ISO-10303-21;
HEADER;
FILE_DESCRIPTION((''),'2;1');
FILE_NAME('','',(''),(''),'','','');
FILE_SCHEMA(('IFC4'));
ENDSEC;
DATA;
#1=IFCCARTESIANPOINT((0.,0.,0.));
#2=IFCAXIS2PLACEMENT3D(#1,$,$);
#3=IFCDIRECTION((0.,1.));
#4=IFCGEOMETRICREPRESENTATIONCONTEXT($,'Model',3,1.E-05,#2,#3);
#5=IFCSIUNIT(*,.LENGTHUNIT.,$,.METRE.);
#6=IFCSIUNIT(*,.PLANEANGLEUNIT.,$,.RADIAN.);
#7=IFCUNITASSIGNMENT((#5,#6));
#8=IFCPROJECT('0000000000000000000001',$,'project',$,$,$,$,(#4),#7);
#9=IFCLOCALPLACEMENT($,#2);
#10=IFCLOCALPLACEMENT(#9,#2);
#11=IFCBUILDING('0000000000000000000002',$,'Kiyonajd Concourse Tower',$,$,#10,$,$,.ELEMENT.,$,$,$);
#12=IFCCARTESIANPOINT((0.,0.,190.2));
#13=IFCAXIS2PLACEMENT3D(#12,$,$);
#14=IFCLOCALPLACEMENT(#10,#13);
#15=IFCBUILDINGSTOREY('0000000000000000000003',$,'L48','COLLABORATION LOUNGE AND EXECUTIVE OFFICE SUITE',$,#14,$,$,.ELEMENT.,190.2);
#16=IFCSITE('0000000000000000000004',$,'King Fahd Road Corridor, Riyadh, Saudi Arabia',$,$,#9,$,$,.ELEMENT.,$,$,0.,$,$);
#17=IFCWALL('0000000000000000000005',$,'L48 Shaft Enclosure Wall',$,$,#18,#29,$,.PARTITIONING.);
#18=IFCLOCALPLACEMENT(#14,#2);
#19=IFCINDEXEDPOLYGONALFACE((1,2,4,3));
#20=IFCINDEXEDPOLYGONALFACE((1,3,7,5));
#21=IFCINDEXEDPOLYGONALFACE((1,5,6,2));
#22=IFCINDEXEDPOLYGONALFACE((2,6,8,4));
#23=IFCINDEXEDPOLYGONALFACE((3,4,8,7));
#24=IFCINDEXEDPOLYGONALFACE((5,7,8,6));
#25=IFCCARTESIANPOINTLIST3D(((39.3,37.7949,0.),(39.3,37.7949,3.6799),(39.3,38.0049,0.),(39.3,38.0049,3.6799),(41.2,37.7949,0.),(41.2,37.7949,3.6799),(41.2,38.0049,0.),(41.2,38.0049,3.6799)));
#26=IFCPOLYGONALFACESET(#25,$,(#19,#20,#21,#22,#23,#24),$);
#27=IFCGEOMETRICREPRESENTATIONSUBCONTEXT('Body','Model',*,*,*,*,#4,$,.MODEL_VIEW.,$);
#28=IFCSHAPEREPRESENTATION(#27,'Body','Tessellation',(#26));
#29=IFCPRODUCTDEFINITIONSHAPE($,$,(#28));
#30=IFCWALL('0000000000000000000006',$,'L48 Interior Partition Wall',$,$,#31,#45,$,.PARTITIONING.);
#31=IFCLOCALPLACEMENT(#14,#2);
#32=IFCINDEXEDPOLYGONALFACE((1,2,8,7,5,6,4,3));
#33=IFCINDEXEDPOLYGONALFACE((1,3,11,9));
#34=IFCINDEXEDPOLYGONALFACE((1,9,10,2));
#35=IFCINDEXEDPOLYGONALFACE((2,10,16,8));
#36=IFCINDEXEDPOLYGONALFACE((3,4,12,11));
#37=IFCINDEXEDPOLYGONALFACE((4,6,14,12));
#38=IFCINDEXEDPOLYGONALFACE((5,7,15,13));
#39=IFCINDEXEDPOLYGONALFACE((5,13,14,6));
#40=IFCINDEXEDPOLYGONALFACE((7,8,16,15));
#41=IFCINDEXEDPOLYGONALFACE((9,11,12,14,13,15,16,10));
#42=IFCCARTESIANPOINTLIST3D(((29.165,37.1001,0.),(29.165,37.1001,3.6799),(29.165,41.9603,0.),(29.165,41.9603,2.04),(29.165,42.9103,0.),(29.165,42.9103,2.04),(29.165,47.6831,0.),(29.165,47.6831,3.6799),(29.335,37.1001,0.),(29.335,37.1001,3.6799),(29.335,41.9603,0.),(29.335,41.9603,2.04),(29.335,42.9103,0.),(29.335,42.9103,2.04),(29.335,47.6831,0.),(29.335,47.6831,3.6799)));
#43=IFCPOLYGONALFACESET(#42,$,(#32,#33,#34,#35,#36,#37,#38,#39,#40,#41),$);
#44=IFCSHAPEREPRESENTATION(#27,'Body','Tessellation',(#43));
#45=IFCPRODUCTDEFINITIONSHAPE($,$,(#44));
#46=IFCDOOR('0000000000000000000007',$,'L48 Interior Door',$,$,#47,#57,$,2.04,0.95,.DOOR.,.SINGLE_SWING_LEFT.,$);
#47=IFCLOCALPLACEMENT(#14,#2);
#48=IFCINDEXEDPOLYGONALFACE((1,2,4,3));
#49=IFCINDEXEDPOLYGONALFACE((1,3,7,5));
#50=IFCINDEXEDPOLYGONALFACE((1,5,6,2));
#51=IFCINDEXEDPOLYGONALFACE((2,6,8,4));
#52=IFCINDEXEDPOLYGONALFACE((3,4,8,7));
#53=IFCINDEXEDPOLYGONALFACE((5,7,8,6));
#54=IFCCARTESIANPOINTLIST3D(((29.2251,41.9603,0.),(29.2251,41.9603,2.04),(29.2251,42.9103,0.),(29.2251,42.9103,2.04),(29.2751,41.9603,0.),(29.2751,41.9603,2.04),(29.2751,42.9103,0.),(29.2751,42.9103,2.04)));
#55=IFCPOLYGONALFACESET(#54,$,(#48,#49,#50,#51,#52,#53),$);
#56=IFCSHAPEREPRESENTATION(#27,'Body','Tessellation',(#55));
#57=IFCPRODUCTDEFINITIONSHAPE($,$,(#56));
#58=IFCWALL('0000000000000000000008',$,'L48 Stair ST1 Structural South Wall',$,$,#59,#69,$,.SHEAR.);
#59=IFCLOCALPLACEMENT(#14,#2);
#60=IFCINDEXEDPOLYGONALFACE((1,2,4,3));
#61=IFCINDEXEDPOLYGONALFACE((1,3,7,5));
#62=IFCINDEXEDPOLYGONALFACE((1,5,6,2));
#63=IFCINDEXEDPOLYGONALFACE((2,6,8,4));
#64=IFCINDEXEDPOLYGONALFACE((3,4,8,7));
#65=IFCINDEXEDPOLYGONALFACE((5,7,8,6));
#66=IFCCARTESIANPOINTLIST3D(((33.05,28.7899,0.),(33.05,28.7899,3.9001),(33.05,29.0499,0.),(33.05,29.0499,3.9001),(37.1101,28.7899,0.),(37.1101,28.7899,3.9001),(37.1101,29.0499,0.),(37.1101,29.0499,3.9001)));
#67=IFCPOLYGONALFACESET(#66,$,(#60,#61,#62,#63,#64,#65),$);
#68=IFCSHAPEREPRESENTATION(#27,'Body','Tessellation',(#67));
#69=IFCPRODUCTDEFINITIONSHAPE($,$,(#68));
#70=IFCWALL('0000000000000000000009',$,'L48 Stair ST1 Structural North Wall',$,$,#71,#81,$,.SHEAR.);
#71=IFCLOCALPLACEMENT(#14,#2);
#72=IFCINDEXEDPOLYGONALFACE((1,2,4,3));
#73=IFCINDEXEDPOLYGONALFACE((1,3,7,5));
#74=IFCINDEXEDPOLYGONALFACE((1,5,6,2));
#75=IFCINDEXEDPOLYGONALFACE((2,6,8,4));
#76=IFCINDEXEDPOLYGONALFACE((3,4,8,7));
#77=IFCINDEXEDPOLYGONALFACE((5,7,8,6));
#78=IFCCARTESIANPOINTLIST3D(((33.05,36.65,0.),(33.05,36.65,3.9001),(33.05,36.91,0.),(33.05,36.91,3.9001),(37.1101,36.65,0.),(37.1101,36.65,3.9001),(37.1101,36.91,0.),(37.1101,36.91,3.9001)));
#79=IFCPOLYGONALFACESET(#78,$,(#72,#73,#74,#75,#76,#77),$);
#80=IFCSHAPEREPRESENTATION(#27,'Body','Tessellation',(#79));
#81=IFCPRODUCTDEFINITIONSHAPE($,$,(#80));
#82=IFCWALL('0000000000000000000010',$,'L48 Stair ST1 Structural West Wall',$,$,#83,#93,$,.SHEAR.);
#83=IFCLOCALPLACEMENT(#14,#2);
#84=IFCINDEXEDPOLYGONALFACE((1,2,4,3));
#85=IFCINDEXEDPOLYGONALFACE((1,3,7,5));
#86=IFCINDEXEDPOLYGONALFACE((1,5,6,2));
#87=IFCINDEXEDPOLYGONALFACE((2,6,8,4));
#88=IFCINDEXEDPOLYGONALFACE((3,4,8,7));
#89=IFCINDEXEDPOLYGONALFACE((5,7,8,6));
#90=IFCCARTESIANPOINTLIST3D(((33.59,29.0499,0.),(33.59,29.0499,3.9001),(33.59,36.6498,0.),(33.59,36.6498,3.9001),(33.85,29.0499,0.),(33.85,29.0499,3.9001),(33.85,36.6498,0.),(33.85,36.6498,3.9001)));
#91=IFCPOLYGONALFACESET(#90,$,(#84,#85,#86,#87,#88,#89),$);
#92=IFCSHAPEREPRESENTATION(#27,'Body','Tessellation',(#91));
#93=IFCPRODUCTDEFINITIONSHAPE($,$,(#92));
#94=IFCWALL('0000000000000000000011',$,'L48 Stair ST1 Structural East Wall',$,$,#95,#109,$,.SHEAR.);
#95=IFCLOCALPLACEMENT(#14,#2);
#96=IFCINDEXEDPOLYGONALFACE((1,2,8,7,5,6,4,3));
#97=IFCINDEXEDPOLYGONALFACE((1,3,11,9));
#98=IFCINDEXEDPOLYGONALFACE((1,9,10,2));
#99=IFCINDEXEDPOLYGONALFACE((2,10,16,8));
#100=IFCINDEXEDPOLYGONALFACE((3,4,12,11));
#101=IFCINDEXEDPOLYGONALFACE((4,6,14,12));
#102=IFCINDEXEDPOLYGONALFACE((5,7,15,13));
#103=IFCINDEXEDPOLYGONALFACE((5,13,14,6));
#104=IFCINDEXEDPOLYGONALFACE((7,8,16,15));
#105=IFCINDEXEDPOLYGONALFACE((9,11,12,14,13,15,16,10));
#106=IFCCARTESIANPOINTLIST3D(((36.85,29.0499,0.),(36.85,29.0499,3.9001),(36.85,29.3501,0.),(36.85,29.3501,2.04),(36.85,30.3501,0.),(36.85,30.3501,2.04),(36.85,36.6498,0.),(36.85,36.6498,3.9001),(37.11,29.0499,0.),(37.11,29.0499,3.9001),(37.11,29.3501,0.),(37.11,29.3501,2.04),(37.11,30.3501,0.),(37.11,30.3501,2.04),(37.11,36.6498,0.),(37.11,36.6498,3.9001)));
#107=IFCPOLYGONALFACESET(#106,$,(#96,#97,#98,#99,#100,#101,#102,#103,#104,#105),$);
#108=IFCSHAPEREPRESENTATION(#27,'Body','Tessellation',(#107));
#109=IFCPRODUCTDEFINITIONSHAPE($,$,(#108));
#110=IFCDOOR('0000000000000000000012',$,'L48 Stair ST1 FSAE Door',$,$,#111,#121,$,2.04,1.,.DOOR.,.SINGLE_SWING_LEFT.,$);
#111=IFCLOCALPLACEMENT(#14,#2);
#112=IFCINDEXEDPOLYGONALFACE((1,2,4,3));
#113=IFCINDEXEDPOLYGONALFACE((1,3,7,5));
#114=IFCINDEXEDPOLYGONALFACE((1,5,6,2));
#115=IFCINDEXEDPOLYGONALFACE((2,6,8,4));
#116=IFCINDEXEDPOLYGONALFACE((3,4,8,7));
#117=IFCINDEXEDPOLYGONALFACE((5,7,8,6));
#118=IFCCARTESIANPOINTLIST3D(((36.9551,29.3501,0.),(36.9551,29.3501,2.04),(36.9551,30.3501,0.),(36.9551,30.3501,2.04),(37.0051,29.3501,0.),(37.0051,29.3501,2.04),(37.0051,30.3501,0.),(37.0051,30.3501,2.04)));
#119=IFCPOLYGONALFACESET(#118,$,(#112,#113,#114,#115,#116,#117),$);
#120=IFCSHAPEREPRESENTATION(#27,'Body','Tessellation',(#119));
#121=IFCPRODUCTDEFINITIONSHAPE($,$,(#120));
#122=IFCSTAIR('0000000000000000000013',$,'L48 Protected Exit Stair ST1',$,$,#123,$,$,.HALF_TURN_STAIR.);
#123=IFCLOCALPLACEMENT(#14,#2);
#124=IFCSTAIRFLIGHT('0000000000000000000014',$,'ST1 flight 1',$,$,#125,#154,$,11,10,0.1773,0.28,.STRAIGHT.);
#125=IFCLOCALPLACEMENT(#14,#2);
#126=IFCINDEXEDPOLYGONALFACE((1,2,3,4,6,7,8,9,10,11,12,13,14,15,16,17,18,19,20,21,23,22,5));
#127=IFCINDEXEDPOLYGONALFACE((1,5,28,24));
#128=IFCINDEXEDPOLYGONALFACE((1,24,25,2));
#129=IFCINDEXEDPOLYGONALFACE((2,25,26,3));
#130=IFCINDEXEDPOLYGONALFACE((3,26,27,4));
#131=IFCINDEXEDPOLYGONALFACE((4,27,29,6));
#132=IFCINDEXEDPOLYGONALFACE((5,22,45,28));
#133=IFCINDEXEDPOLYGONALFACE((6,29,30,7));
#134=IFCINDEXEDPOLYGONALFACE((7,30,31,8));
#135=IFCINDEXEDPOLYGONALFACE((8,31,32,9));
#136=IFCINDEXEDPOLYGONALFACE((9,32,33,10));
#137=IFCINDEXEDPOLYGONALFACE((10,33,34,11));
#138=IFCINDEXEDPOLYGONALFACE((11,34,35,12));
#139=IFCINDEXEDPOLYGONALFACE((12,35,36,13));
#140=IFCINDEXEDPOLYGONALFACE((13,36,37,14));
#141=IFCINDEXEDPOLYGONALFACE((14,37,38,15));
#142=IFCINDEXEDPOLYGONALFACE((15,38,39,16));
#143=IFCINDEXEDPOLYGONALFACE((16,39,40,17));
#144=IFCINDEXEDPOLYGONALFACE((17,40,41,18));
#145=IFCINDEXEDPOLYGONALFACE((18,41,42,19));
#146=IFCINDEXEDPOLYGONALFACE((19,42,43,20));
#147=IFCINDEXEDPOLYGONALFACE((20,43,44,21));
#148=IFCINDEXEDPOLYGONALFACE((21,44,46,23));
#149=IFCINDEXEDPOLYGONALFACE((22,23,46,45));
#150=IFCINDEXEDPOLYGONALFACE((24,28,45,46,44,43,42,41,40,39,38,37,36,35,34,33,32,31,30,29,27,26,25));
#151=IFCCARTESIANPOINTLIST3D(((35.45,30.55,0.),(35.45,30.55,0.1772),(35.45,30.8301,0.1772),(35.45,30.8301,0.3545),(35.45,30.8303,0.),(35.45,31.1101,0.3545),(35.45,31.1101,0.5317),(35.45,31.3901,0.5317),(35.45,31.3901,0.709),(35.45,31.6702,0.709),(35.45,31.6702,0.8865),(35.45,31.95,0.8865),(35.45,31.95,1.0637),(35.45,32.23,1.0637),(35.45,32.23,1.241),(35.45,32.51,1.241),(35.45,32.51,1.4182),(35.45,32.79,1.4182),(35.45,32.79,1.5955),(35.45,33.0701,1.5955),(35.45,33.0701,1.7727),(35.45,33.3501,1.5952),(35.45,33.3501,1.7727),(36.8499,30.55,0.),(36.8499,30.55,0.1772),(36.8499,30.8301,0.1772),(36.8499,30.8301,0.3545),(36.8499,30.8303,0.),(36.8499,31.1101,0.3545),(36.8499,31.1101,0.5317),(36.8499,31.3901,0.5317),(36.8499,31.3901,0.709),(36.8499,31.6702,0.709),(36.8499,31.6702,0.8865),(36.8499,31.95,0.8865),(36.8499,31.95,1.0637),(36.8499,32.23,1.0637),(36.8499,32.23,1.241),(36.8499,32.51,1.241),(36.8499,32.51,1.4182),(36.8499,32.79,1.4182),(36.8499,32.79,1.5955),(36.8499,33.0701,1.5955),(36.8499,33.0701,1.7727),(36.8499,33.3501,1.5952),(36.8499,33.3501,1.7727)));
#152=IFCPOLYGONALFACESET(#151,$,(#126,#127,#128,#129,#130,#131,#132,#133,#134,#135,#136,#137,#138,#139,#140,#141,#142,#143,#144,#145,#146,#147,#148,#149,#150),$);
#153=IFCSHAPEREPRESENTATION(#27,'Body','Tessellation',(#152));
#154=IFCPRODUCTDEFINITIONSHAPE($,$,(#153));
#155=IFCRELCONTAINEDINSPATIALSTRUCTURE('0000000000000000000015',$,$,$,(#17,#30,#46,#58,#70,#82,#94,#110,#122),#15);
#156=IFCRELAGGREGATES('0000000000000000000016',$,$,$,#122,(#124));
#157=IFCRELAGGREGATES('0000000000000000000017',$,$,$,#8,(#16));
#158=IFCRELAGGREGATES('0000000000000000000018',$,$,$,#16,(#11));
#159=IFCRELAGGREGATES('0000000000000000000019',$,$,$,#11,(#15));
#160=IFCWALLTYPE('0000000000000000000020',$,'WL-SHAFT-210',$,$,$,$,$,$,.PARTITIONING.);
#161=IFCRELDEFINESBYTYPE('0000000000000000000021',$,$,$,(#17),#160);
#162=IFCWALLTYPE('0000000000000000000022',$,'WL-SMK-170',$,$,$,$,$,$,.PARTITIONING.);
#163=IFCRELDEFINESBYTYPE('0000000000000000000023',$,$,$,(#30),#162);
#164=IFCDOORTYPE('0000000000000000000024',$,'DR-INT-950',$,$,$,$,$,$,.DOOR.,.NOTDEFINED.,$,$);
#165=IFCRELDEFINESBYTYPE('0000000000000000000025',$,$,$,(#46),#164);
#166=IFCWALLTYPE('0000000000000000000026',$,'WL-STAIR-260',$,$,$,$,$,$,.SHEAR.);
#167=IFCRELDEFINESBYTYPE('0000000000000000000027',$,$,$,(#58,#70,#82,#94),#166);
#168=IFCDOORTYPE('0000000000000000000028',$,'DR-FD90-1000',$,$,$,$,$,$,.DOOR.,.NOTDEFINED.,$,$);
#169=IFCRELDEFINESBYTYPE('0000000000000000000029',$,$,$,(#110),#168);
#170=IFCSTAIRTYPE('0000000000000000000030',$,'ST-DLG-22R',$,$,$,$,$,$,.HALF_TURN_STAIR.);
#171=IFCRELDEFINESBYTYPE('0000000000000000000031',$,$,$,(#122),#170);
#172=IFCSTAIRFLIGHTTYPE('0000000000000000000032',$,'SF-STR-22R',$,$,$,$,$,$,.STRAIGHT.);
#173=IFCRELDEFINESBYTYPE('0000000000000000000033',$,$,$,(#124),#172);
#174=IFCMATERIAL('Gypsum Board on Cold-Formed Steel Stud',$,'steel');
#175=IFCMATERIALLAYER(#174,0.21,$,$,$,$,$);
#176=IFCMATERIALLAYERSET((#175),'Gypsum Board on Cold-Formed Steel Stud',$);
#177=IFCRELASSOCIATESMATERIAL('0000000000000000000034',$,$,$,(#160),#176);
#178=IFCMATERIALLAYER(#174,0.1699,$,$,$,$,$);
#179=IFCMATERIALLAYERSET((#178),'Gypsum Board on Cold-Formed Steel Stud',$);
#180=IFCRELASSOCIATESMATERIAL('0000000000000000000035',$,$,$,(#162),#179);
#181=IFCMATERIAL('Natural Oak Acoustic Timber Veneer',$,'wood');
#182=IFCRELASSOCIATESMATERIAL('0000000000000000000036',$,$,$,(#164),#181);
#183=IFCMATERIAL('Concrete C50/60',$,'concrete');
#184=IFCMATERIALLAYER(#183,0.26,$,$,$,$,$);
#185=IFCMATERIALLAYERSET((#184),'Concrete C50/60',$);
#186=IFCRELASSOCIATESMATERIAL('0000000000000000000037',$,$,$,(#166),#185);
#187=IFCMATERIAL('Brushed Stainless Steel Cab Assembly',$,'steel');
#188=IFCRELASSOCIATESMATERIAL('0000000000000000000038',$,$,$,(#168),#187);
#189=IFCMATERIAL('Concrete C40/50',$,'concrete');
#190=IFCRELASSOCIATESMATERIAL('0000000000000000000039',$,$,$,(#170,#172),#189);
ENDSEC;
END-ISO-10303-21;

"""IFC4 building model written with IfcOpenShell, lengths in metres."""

from ifc_helpers import new_model, si_unit, direction, frame, frame_2d, origin, place, context, subcontext, project, spatial, polyline, rectangle, outline, extrude, material, layer, layer_set, type_object, element, fill, aggregate, save


model = new_model("IFC4")

# Units and contexts
model_context = context("Model", 3, precision=1e-05, world=origin(), true_north=direction((0.0, 1.0)))
body_context = subcontext(model_context, "Body", "Model", "MODEL_VIEW")
ifc_project = project(units=[si_unit("LENGTHUNIT", "METRE"), si_unit("PLANEANGLEUNIT", "RADIAN")], contexts=[model_context])

# Site, building, storey
site_placement = place(None, origin())
site = spatial("IfcSite", under=ifc_project, at=site_placement, Name="King Fahd Road Corridor, Riyadh, Saudi Arabia", CompositionType="ELEMENT", RefElevation=0.0)
building_placement = place(site_placement, origin())
building = spatial("IfcBuilding", under=site, at=building_placement, Name="Kiyonajd Concourse Tower", CompositionType="ELEMENT")
storey_placement = place(building_placement, frame((0.0, 0.0, 190.2)))
storey = spatial("IfcBuildingStorey", under=building, at=storey_placement, Name="L48", Description="COLLABORATION LOUNGE AND EXECUTIVE OFFICE SUITE", CompositionType="ELEMENT", Elevation=190.2)

# Shared definitions
ifc_material_1 = material(Name="Concrete C50/60", Category="concrete")

# Shared definitions
ifc_material_2 = material(Name="Gypsum Board on Cold-Formed Steel Stud", Category="steel")
ifc_layer_1 = layer(ifc_material_2, 0.21)
ifc_layer_set_1 = layer_set([ifc_layer_1], Name="Gypsum Board on Cold-Formed Steel Stud")
wall_type_1 = type_object("IfcWallType", Name="WL-SHAFT-210", PredefinedType="PARTITIONING", material=ifc_layer_set_1)
ifc_material_3 = material(Name="Brushed Stainless Steel Cab Assembly", Category="steel")

# Wall
for number, where, z_axis, x_axis, name in (
    (1, (39.3, 37.8999, 0.0), (0.0, 0.0, 1.0), (1.0, 0.0, 0.0), "L48 Shaft Enclosure Wall"),
):
    element("IfcWall", number, at=place(storey_placement, frame(where, z_axis=z_axis, x_axis=x_axis)), inside=storey, type_object=wall_type_1, Name=name, PredefinedType="PARTITIONING", context=body_context, shape_type="SweptSolid", body=[
        extrude(rectangle(XDim=1.8999, YDim=0.21, at=frame_2d((0.95, 0.0))), origin(), (0.0, 0.0, 1.0), 3.6799),
    ])

# Wall, opening, door
ifc_layer_2 = layer(ifc_material_2, 0.1699)
ifc_layer_set_2 = layer_set([ifc_layer_2], Name="Gypsum Board on Cold-Formed Steel Stud")
wall_type_2 = type_object("IfcWallType", Name="WL-SMK-170", PredefinedType="PARTITIONING", material=ifc_layer_set_2)
wall_1_placement = place(storey_placement, frame((29.25, 37.1001, 0.0), z_axis=(0.0, 0.0, 1.0), x_axis=(0.0, 1.0, 0.0)))
wall_1 = element("IfcWall", 2, at=wall_1_placement, inside=storey, type_object=wall_type_2, Name="L48 Interior Partition Wall", PredefinedType="PARTITIONING", context=body_context, shape_type="SweptSolid", body=[
    extrude(rectangle(XDim=10.583, YDim=0.1699, at=frame_2d((5.2915, 0.0))), origin(), (0.0, 0.0, 1.0), 3.6799),
])
opening_1_placement = place(wall_1_placement, frame((4.8601, 0.0, 0.0)))
opening_1 = element("IfcOpeningElement", 3, at=opening_1_placement, cuts=wall_1, PredefinedType="OPENING", context=body_context, shape_type="SweptSolid", body=[
    extrude(rectangle(XDim=0.95, YDim=2.04, at=frame_2d((0.4751, 1.02))), frame((0.0, 0.095, 0.0), z_axis=(0.0, -1.0, 0.0), x_axis=(1.0, 0.0, 0.0)), (0.0, 0.0, 1.0), 0.1899),
])
ifc_material_4 = material(Name="Natural Oak Acoustic Timber Veneer", Category="wood")
door_type_1 = type_object("IfcDoorType", Name="DR-INT-950", OperationType="NOTDEFINED", PredefinedType="DOOR", material=ifc_material_4)
door_1_placement = place(opening_1_placement, origin())
door_1 = element("IfcDoor", 4, at=door_1_placement, inside=storey, type_object=door_type_1, Name="L48 Interior Door", OperationType="SINGLE_SWING_LEFT", OverallHeight=2.04, OverallWidth=0.95, PredefinedType="DOOR", context=body_context, shape_type="SweptSolid", body=[
    extrude(rectangle(XDim=0.95, YDim=2.04, at=frame_2d((0.4751, 1.02))), frame((0.0, 0.0249, 0.0), z_axis=(0.0, -1.0, 0.0), x_axis=(1.0, 0.0, 0.0)), (0.0, 0.0, 1.0), 0.05),
])
fill(opening_1, door_1)

# Walls
ifc_layer_3 = layer(ifc_material_1, 0.26)
ifc_layer_set_3 = layer_set([ifc_layer_3], Name="Concrete C50/60")
wall_type_3 = type_object("IfcWallType", Name="WL-STAIR-260", PredefinedType="SHEAR", material=ifc_layer_set_3)
for number, where, z_axis, x_axis, name in (
    (5, (33.05, 28.9199, 0.0), (0.0, 0.0, 1.0), (1.0, 0.0, 0.0), "L48 Stair ST1 Structural South Wall"),
    (6, (33.05, 36.78, 0.0), (0.0, 0.0, 1.0), (1.0, 0.0, 0.0), "L48 Stair ST1 Structural North Wall"),
):
    element("IfcWall", number, at=place(storey_placement, frame(where, z_axis=z_axis, x_axis=x_axis)), inside=storey, type_object=wall_type_3, Name=name, PredefinedType="SHEAR", context=body_context, shape_type="SweptSolid", body=[
        extrude(rectangle(XDim=4.0601, YDim=0.26, at=frame_2d((2.03, 0.0))), origin(), (0.0, 0.0, 1.0), 3.9001),
    ])
wall_2_placement = place(storey_placement, frame((33.72, 29.05, 0.0), z_axis=(0.0, 0.0, 1.0), x_axis=(0.0, 1.0, 0.0)))
element("IfcWall", 7, at=wall_2_placement, inside=storey, type_object=wall_type_3, Name="L48 Stair ST1 Structural West Wall", PredefinedType="SHEAR", context=body_context, shape_type="SweptSolid", body=[
    extrude(rectangle(XDim=7.5999, YDim=0.26, at=frame_2d((3.7998, 0.0))), origin(), (0.0, 0.0, 1.0), 3.9001),
])

# Wall, opening, door
wall_3_placement = place(storey_placement, frame((36.98, 29.05, 0.0), z_axis=(0.0, 0.0, 1.0), x_axis=(0.0, 1.0, 0.0)))
wall_3 = element("IfcWall", 8, at=wall_3_placement, inside=storey, type_object=wall_type_3, Name="L48 Stair ST1 Structural East Wall", PredefinedType="SHEAR", context=body_context, shape_type="SweptSolid", body=[
    extrude(rectangle(XDim=7.5999, YDim=0.26, at=frame_2d((3.7998, 0.0))), origin(), (0.0, 0.0, 1.0), 3.9001),
])
opening_2_placement = place(wall_3_placement, frame((0.3, 0.0, 0.0)))
opening_2 = element("IfcOpeningElement", 9, at=opening_2_placement, cuts=wall_3, PredefinedType="OPENING", context=body_context, shape_type="SweptSolid", body=[
    extrude(rectangle(XDim=1.0, YDim=2.04, at=frame_2d((0.5, 1.02))), frame((0.0, 0.1399, 0.0), z_axis=(0.0, -1.0, 0.0), x_axis=(1.0, 0.0, 0.0)), (0.0, 0.0, 1.0), 0.28),
])
door_type_2 = type_object("IfcDoorType", Name="DR-FD90-1000", OperationType="NOTDEFINED", PredefinedType="DOOR", material=ifc_material_3)
door_2_placement = place(opening_2_placement, origin())
door_2 = element("IfcDoor", 10, at=door_2_placement, inside=storey, type_object=door_type_2, Name="L48 Stair ST1 FSAE Door", OperationType="SINGLE_SWING_LEFT", OverallHeight=2.04, OverallWidth=1.0, PredefinedType="DOOR", context=body_context, shape_type="SweptSolid", body=[
    extrude(rectangle(XDim=1.0, YDim=2.04, at=frame_2d((0.5, 1.02))), frame((0.0, 0.0249, 0.0), z_axis=(0.0, -1.0, 0.0), x_axis=(1.0, 0.0, 0.0)), (0.0, 0.0, 1.0), 0.05),
])
fill(opening_2, door_2)

# Stair, stair flight
ifc_material_5 = material(Name="Concrete C40/50", Category="concrete")
stair_type = type_object("IfcStairType", Name="ST-DLG-22R", PredefinedType="HALF_TURN_STAIR", material=ifc_material_5)
stair_placement = place(storey_placement, origin())
stair = element("IfcStair", 11, at=stair_placement, inside=storey, type_object=stair_type, Name="L48 Protected Exit Stair ST1", PredefinedType="HALF_TURN_STAIR")
stair_flight_type = type_object("IfcStairFlightType", Name="SF-STR-22R", PredefinedType="STRAIGHT", material=ifc_material_5)
stair_flight_1_placement = place(storey_placement, frame((36.1499, 30.55, 0.0), z_axis=(0.0, 0.0, 1.0), x_axis=(0.0, 1.0, 0.0)))
stair_flight_1 = element("IfcStairFlight", 12, at=stair_flight_1_placement, type_object=stair_flight_type, Name="ST1 flight 1", NumberOfRisers=11, NumberOfTreads=10, PredefinedType="STRAIGHT", RiserHeight=0.1773, TreadLength=0.28, context=body_context, shape_type="SweptSolid", body=[
    extrude(outline(polyline([(0.0, 0.0), (0.0, 0.1772), (0.28, 0.1772), (0.28, 0.3545), (0.5601, 0.3545), (0.5601, 0.5317), (0.8401, 0.5317), (0.8401, 0.709), (1.1201, 0.709), (1.1201, 0.8865), (1.3999, 0.8865), (1.3999, 1.0637), (1.6799, 1.0637), (1.6799, 1.241), (1.96, 1.241), (1.96, 1.4182), (2.24, 1.4182), (2.24, 1.5955), (2.52, 1.5955), (2.52, 1.7727), (2.8, 1.7727), (2.8, 1.95), (2.8, 1.5952), (0.2803, 0.0), (0.0, 0.0)])), frame((0.0, 0.7, 0.0), z_axis=(0.0, -1.0, 0.0), x_axis=(1.0, 0.0, 0.0)), (0.0, 0.0, 1.0), 1.3999),
])
aggregate(stair, [stair_flight_1])

save(model, "model.ifc")
